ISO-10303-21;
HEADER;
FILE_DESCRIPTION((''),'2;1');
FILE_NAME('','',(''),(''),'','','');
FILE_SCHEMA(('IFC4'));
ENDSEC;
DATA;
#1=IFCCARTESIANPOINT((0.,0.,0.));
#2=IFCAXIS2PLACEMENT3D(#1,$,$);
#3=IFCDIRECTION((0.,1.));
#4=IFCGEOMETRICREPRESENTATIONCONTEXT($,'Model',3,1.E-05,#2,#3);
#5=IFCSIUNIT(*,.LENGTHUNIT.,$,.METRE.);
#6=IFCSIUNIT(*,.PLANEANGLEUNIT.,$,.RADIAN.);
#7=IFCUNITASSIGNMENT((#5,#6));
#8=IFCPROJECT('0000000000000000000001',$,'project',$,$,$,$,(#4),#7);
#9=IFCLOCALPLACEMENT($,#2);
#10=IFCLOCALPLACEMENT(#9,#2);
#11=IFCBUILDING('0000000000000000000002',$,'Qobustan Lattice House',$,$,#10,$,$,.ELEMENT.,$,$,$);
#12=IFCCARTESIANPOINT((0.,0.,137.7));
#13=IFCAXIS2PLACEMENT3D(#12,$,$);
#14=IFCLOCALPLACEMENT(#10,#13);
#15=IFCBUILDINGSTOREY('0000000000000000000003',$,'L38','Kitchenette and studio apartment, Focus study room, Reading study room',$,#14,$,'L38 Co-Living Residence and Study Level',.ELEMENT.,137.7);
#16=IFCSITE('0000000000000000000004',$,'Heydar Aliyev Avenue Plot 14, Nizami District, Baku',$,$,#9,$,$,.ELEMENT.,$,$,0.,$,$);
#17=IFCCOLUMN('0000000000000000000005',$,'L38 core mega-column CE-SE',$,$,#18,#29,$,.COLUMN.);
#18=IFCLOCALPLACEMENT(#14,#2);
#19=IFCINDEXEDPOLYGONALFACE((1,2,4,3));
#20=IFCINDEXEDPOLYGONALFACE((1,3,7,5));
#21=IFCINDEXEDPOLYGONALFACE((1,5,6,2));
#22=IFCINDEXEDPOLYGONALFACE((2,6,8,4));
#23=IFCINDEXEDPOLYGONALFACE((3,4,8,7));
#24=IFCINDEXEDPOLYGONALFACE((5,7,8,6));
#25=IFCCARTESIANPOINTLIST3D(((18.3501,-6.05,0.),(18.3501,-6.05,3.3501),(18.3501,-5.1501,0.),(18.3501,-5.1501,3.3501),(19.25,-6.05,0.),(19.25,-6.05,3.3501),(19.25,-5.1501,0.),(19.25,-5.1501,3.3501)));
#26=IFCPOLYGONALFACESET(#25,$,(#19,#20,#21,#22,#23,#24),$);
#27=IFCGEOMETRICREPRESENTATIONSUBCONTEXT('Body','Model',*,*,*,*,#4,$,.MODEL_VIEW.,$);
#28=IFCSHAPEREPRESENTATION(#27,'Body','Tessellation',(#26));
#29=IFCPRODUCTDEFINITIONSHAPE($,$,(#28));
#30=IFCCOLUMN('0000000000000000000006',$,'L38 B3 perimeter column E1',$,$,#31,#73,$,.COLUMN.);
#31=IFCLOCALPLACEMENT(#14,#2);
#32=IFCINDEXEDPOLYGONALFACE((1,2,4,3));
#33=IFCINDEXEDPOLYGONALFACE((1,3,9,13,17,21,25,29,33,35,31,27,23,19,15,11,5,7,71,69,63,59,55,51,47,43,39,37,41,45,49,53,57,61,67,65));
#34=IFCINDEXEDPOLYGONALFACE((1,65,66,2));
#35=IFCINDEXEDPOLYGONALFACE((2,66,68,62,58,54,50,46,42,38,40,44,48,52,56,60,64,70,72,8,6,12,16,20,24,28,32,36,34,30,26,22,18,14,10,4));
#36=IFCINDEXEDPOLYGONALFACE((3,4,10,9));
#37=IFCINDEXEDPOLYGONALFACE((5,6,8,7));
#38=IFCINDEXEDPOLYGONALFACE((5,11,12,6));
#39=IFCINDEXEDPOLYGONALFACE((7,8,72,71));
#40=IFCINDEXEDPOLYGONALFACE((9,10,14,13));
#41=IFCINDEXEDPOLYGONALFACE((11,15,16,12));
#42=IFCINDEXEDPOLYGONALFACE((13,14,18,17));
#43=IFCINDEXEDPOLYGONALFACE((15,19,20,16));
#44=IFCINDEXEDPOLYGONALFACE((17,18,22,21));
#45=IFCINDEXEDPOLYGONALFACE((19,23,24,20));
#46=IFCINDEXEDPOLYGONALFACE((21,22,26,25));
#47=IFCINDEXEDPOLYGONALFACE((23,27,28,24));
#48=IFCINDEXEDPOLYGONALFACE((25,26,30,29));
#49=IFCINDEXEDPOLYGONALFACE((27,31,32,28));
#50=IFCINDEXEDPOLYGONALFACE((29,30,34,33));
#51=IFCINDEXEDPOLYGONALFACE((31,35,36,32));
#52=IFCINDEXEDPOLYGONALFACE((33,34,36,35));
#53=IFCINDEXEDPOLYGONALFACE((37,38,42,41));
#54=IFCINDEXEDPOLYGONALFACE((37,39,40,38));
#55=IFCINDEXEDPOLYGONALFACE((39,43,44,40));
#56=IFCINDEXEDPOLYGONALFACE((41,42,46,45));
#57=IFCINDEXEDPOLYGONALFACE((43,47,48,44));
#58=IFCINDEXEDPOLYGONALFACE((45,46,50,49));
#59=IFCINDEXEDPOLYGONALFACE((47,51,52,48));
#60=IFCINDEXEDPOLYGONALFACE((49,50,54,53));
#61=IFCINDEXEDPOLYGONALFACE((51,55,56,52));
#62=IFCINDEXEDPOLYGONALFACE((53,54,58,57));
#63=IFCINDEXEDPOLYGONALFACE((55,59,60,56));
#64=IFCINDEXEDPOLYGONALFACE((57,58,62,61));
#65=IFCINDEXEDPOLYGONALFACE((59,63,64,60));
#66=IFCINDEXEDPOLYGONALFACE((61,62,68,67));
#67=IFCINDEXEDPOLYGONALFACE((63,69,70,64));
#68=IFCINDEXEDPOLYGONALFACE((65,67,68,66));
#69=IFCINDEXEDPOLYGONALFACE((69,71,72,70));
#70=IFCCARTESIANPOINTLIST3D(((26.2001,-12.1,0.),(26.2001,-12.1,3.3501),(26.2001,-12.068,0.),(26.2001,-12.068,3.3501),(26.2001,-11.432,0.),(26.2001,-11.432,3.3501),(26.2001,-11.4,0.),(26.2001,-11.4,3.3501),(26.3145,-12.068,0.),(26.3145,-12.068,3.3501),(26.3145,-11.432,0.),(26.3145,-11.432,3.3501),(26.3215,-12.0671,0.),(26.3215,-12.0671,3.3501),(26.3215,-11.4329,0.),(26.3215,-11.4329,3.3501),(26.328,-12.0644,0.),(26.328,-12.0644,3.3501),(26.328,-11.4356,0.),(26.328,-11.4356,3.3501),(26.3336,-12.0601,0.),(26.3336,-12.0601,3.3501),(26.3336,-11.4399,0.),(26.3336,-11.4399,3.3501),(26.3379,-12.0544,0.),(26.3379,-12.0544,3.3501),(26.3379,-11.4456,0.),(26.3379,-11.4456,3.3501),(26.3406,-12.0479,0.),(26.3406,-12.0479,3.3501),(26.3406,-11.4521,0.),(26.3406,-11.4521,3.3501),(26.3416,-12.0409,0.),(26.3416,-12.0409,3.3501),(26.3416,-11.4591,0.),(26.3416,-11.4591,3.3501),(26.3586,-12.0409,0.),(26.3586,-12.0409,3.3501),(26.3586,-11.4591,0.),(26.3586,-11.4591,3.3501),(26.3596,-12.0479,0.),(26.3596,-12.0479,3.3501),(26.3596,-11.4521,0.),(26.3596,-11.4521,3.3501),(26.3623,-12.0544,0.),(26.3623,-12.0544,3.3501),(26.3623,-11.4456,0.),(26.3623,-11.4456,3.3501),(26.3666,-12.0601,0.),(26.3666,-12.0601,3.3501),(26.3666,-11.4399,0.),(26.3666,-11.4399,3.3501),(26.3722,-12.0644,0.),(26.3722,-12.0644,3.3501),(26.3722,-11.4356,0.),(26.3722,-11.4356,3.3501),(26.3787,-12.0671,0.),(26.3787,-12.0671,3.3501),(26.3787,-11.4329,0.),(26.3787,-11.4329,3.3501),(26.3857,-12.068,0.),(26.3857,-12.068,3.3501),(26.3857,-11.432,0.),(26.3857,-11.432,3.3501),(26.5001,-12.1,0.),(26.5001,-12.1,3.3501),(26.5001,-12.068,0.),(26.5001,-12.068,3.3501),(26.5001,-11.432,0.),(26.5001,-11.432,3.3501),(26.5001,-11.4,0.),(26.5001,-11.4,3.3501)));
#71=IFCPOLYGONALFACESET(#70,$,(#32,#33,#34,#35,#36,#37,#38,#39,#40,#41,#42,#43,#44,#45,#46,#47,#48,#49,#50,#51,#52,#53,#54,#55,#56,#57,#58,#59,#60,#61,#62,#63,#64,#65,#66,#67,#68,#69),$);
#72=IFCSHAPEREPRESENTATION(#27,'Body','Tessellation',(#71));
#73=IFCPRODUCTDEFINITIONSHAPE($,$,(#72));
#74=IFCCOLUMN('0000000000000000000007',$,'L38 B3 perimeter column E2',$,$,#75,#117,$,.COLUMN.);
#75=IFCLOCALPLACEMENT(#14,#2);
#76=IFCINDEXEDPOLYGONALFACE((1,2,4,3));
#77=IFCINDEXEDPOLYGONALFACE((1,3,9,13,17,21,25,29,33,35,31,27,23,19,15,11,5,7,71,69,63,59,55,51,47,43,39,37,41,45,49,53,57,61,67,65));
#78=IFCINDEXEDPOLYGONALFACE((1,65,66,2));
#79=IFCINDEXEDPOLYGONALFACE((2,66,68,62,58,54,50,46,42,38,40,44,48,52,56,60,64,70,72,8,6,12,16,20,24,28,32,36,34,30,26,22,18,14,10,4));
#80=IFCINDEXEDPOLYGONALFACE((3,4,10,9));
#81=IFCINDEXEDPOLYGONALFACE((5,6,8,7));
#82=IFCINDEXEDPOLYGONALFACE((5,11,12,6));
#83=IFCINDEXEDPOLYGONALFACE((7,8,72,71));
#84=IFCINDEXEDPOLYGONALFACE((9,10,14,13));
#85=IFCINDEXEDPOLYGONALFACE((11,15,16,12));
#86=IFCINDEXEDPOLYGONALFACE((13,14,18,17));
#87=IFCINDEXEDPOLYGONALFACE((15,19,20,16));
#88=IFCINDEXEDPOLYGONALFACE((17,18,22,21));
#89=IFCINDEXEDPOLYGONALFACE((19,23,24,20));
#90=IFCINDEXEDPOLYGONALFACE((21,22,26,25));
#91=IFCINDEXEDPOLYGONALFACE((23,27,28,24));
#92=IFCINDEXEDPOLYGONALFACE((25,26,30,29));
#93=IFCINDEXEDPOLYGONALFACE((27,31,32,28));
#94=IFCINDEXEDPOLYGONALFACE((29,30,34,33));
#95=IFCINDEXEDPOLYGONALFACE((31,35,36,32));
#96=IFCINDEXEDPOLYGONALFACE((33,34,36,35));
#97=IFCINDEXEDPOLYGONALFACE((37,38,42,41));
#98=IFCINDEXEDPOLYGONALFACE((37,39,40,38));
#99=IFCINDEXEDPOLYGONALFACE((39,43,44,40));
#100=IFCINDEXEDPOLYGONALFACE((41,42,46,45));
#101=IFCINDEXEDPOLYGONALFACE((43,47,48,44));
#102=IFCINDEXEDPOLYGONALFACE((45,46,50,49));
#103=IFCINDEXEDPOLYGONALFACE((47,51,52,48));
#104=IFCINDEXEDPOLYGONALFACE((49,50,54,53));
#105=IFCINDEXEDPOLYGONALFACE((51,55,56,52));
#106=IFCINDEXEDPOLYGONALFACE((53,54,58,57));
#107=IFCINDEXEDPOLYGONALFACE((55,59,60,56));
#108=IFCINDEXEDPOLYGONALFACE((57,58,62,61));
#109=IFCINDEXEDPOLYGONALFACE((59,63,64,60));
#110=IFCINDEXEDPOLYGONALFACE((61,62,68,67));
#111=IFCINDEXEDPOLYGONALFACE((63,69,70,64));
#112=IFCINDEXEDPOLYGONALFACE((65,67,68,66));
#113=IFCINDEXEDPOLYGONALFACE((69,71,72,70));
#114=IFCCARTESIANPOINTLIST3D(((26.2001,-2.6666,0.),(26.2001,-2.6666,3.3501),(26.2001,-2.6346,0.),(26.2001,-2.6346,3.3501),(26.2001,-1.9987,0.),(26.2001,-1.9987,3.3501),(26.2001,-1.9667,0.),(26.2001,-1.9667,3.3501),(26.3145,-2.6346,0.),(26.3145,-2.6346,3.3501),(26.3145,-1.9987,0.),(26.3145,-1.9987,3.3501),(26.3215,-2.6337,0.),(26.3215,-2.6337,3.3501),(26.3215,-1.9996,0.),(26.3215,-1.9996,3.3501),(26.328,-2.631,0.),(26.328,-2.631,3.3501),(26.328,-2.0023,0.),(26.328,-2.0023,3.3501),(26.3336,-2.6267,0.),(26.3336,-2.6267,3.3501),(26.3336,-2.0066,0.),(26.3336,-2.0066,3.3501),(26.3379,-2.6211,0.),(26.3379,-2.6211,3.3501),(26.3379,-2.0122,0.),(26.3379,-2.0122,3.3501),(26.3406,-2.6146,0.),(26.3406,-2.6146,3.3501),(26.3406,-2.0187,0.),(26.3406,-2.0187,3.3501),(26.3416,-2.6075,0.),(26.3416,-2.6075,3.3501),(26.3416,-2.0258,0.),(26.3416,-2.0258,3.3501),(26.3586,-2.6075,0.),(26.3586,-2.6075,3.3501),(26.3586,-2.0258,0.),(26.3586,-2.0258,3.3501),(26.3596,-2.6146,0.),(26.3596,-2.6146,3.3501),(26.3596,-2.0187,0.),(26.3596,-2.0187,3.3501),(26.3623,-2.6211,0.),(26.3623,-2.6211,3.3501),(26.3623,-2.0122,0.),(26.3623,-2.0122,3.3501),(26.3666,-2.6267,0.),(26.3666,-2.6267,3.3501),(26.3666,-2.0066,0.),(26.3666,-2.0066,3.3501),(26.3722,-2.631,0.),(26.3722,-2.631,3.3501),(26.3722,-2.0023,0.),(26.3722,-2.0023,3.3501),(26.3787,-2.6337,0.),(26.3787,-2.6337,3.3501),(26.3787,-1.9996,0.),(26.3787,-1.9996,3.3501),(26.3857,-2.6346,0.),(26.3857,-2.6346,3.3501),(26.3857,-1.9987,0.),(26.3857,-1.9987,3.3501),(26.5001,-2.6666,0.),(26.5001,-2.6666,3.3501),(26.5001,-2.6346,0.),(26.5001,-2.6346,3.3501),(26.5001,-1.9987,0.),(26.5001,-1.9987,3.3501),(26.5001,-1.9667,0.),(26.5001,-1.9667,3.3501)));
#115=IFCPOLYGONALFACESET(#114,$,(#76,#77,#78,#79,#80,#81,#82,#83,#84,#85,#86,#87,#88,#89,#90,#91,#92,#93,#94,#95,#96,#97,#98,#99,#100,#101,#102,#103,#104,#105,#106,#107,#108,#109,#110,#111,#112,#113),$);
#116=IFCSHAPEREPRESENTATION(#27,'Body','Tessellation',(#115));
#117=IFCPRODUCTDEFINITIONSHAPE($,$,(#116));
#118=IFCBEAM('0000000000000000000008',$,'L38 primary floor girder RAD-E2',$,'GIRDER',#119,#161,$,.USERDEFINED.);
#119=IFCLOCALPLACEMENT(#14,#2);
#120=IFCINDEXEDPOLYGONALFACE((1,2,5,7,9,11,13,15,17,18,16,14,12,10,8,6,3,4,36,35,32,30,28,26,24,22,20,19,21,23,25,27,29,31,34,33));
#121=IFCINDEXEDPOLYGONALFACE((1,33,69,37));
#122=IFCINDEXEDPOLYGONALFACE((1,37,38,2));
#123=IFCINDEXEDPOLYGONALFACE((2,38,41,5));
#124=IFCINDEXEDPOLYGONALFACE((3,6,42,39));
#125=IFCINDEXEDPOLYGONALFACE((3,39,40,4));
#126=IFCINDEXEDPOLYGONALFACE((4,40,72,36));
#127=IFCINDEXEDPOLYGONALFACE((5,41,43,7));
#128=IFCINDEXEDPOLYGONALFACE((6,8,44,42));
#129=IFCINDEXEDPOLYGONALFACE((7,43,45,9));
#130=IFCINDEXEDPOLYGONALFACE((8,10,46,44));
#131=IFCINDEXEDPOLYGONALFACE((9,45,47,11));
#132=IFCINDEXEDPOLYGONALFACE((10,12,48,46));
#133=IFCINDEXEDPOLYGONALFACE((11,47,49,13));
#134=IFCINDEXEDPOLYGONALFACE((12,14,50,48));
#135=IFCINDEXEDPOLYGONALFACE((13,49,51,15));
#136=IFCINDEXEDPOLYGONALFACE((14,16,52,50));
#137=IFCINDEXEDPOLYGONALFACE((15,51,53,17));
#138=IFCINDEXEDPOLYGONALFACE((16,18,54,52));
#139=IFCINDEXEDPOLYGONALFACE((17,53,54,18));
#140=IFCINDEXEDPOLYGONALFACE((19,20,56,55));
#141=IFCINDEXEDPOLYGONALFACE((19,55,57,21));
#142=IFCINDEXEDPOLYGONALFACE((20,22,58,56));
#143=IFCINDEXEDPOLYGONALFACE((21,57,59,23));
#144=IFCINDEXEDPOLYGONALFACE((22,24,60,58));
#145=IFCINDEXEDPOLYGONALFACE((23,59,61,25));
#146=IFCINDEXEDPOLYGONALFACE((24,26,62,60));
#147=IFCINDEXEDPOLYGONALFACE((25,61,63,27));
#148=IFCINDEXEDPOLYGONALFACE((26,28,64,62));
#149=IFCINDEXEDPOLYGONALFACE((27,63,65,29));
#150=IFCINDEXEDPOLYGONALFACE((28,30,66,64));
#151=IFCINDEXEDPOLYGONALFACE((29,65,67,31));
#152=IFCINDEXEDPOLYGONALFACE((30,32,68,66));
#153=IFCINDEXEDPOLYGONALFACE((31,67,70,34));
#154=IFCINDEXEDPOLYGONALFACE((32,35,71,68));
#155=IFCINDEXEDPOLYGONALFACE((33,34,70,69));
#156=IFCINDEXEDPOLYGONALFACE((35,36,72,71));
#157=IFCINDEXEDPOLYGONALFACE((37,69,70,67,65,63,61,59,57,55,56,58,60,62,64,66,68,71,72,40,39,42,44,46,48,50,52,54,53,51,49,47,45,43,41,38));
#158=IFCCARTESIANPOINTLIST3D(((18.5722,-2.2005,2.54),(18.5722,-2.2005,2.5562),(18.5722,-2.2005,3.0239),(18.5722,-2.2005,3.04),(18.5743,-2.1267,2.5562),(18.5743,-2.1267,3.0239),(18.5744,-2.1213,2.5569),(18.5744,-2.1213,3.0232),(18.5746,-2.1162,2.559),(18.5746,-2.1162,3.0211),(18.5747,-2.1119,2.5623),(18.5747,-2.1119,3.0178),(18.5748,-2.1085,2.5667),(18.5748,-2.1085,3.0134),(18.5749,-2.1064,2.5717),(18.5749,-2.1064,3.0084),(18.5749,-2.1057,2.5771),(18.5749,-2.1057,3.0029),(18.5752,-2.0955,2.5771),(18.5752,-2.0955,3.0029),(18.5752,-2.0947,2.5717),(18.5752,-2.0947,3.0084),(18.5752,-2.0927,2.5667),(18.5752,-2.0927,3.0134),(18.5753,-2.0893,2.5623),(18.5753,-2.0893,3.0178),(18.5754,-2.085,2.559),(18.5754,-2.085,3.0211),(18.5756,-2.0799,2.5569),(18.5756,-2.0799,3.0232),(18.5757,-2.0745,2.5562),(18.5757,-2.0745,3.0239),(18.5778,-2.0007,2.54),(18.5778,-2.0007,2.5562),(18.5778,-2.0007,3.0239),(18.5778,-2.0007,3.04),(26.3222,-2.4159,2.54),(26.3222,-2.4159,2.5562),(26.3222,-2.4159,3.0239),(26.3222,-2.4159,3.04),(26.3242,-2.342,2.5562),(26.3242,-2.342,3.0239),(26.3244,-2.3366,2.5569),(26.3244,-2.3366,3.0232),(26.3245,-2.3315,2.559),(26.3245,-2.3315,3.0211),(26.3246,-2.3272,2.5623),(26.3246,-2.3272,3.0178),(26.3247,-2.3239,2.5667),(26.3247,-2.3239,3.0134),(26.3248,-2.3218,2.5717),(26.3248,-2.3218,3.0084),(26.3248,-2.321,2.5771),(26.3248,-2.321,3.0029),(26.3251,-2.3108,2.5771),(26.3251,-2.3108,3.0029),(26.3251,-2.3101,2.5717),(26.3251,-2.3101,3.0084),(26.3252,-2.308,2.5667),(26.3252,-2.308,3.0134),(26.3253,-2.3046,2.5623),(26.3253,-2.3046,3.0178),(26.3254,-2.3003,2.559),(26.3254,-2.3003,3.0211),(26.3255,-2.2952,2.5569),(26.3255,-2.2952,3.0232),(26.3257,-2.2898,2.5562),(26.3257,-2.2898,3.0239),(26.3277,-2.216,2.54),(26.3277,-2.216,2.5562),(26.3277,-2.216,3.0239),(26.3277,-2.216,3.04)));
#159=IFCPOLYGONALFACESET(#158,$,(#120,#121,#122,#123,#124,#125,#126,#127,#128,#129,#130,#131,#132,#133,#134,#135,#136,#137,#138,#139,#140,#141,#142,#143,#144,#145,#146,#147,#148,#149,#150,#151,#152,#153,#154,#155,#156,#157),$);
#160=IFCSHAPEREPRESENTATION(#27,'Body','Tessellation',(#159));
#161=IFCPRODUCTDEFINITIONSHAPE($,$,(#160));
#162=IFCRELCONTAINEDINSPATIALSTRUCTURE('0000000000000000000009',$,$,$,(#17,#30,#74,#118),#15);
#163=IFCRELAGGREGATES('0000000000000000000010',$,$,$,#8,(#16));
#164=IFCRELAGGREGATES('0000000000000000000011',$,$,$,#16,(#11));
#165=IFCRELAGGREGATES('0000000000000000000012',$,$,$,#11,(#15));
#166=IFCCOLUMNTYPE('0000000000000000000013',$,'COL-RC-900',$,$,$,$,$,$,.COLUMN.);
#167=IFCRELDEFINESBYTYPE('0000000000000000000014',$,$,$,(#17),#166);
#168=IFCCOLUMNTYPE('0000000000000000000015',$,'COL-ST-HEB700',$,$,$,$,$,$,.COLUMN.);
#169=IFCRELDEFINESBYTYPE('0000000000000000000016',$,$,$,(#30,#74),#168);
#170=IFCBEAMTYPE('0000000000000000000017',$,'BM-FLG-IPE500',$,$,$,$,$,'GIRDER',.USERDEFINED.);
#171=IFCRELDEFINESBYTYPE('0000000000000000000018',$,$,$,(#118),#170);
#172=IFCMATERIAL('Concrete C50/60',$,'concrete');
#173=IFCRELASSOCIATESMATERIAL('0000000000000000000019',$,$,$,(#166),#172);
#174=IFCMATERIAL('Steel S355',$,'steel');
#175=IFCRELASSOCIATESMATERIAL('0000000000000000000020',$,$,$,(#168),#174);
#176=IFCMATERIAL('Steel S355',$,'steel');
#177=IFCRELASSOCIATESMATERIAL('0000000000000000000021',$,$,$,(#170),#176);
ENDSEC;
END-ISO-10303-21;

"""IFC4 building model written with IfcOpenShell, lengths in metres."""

from ifc_helpers import new_model, si_unit, direction, frame, origin, origin_2d, place, context, subcontext, project, spatial, rectangle, i_section, extrude, material, material_profile, profile_set, type_object, element, save


model = new_model("IFC4")

# Units and contexts
model_context = context("Model", 3, precision=1e-05, world=origin(), true_north=direction((0.0, 1.0)))
body_context = subcontext(model_context, "Body", "Model", "MODEL_VIEW")
ifc_project = project(units=[si_unit("LENGTHUNIT", "METRE"), si_unit("PLANEANGLEUNIT", "RADIAN")], contexts=[model_context])

# Site, building, storey
site_placement = place(None, origin())
site = spatial("IfcSite", under=ifc_project, at=site_placement, Name="Heydar Aliyev Avenue Plot 14, Nizami District, Baku", CompositionType="ELEMENT", RefElevation=0.0)
building_placement = place(site_placement, origin())
building = spatial("IfcBuilding", under=site, at=building_placement, Name="Qobustan Lattice House", CompositionType="ELEMENT")
storey_placement = place(building_placement, frame((0.0, 0.0, 137.7)))
storey = spatial("IfcBuildingStorey", under=building, at=storey_placement, Name="L38", Description="Kitchenette and studio apartment, Focus study room, Reading study room", LongName="L38 Co-Living Residence and Study Level", CompositionType="ELEMENT", Elevation=137.7)

# Columns
ifc_material_1 = material(Name="Concrete C50/60", Category="concrete")
ifc_material_profile_1 = material_profile(ifc_material_1, rectangle(XDim=0.8999, YDim=0.8999, at=origin_2d()), Name="RC900x900")
ifc_profile_set_1 = profile_set([ifc_material_profile_1], Name="Concrete C50/60")
column_type_1 = type_object("IfcColumnType", Name="COL-RC-900", PredefinedType="COLUMN", material=ifc_profile_set_1)
column_placement = place(storey_placement, frame((18.8, -5.6001, 0.0), z_axis=(0.0, 0.0, 1.0), x_axis=(1.0, 0.0, 0.0)))
element("IfcColumn", 1, at=column_placement, inside=storey, type_object=column_type_1, Name="L38 core mega-column CE-SE", PredefinedType="COLUMN", context=body_context, shape_type="SweptSolid", body=[
    extrude(rectangle(XDim=0.8999, YDim=0.8999, at=origin_2d()), origin(), (0.0, 0.0, 1.0), 3.3501),
])
ifc_material_2 = material(Name="Steel S355", Category="steel")
ifc_material_profile_2 = material_profile(ifc_material_2, i_section(OverallWidth=0.3, OverallDepth=0.7, WebThickness=0.0171, FlangeThickness=0.032, FilletRadius=0.0271, at=origin_2d()), Name="HEB700")
ifc_profile_set_2 = profile_set([ifc_material_profile_2], Name="Steel S355")
column_type_2 = type_object("IfcColumnType", Name="COL-ST-HEB700", PredefinedType="COLUMN", material=ifc_profile_set_2)
for number, where, z_axis, x_axis, name in (
    (2, (26.3501, -11.75, 0.0), (0.0, 0.0, 1.0), (1.0, 0.0, 0.0), "L38 B3 perimeter column E1"),
    (3, (26.3501, -2.3167, 0.0), (0.0, 0.0, 1.0), (1.0, 0.0, 0.0), "L38 B3 perimeter column E2"),
):
    element("IfcColumn", number, at=place(storey_placement, frame(where, z_axis=z_axis, x_axis=x_axis)), inside=storey, type_object=column_type_2, Name=name, PredefinedType="COLUMN", context=body_context, shape_type="SweptSolid", body=[
        extrude(i_section(OverallWidth=0.3, OverallDepth=0.7, WebThickness=0.0171, FlangeThickness=0.032, FilletRadius=0.0271, at=origin_2d()), origin(), (0.0, 0.0, 1.0), 3.3501),
    ])

# Beam
ifc_material_3 = material(Name="Steel S355", Category="steel")
ifc_material_profile_3 = material_profile(ifc_material_3, i_section(OverallWidth=0.2, OverallDepth=0.5, WebThickness=0.0103, FlangeThickness=0.0161, FilletRadius=0.021, at=origin_2d()), Name="IPE500")
ifc_profile_set_3 = profile_set([ifc_material_profile_3], Name="Steel S355")
beam_type_1 = type_object("IfcBeamType", Name="BM-FLG-IPE500", ElementType="GIRDER", PredefinedType="USERDEFINED", material=ifc_profile_set_3)
beam_1_placement = place(storey_placement, frame((26.325, -2.3159, 2.79), z_axis=(-0.999614, 0.027774, 0.0), x_axis=(-0.027774, -0.999614, 0.0)))
element("IfcBeam", 4, at=beam_1_placement, inside=storey, type_object=beam_type_1, Name="L38 primary floor girder RAD-E2", ObjectType="GIRDER", PredefinedType="USERDEFINED", context=body_context, shape_type="SweptSolid", body=[
    extrude(i_section(OverallWidth=0.2, OverallDepth=0.5, WebThickness=0.0103, FlangeThickness=0.0161, FilletRadius=0.021, at=origin_2d()), origin(), (0.0, 0.0, 1.0), 7.7529),
])

save(model, "model.ifc")
